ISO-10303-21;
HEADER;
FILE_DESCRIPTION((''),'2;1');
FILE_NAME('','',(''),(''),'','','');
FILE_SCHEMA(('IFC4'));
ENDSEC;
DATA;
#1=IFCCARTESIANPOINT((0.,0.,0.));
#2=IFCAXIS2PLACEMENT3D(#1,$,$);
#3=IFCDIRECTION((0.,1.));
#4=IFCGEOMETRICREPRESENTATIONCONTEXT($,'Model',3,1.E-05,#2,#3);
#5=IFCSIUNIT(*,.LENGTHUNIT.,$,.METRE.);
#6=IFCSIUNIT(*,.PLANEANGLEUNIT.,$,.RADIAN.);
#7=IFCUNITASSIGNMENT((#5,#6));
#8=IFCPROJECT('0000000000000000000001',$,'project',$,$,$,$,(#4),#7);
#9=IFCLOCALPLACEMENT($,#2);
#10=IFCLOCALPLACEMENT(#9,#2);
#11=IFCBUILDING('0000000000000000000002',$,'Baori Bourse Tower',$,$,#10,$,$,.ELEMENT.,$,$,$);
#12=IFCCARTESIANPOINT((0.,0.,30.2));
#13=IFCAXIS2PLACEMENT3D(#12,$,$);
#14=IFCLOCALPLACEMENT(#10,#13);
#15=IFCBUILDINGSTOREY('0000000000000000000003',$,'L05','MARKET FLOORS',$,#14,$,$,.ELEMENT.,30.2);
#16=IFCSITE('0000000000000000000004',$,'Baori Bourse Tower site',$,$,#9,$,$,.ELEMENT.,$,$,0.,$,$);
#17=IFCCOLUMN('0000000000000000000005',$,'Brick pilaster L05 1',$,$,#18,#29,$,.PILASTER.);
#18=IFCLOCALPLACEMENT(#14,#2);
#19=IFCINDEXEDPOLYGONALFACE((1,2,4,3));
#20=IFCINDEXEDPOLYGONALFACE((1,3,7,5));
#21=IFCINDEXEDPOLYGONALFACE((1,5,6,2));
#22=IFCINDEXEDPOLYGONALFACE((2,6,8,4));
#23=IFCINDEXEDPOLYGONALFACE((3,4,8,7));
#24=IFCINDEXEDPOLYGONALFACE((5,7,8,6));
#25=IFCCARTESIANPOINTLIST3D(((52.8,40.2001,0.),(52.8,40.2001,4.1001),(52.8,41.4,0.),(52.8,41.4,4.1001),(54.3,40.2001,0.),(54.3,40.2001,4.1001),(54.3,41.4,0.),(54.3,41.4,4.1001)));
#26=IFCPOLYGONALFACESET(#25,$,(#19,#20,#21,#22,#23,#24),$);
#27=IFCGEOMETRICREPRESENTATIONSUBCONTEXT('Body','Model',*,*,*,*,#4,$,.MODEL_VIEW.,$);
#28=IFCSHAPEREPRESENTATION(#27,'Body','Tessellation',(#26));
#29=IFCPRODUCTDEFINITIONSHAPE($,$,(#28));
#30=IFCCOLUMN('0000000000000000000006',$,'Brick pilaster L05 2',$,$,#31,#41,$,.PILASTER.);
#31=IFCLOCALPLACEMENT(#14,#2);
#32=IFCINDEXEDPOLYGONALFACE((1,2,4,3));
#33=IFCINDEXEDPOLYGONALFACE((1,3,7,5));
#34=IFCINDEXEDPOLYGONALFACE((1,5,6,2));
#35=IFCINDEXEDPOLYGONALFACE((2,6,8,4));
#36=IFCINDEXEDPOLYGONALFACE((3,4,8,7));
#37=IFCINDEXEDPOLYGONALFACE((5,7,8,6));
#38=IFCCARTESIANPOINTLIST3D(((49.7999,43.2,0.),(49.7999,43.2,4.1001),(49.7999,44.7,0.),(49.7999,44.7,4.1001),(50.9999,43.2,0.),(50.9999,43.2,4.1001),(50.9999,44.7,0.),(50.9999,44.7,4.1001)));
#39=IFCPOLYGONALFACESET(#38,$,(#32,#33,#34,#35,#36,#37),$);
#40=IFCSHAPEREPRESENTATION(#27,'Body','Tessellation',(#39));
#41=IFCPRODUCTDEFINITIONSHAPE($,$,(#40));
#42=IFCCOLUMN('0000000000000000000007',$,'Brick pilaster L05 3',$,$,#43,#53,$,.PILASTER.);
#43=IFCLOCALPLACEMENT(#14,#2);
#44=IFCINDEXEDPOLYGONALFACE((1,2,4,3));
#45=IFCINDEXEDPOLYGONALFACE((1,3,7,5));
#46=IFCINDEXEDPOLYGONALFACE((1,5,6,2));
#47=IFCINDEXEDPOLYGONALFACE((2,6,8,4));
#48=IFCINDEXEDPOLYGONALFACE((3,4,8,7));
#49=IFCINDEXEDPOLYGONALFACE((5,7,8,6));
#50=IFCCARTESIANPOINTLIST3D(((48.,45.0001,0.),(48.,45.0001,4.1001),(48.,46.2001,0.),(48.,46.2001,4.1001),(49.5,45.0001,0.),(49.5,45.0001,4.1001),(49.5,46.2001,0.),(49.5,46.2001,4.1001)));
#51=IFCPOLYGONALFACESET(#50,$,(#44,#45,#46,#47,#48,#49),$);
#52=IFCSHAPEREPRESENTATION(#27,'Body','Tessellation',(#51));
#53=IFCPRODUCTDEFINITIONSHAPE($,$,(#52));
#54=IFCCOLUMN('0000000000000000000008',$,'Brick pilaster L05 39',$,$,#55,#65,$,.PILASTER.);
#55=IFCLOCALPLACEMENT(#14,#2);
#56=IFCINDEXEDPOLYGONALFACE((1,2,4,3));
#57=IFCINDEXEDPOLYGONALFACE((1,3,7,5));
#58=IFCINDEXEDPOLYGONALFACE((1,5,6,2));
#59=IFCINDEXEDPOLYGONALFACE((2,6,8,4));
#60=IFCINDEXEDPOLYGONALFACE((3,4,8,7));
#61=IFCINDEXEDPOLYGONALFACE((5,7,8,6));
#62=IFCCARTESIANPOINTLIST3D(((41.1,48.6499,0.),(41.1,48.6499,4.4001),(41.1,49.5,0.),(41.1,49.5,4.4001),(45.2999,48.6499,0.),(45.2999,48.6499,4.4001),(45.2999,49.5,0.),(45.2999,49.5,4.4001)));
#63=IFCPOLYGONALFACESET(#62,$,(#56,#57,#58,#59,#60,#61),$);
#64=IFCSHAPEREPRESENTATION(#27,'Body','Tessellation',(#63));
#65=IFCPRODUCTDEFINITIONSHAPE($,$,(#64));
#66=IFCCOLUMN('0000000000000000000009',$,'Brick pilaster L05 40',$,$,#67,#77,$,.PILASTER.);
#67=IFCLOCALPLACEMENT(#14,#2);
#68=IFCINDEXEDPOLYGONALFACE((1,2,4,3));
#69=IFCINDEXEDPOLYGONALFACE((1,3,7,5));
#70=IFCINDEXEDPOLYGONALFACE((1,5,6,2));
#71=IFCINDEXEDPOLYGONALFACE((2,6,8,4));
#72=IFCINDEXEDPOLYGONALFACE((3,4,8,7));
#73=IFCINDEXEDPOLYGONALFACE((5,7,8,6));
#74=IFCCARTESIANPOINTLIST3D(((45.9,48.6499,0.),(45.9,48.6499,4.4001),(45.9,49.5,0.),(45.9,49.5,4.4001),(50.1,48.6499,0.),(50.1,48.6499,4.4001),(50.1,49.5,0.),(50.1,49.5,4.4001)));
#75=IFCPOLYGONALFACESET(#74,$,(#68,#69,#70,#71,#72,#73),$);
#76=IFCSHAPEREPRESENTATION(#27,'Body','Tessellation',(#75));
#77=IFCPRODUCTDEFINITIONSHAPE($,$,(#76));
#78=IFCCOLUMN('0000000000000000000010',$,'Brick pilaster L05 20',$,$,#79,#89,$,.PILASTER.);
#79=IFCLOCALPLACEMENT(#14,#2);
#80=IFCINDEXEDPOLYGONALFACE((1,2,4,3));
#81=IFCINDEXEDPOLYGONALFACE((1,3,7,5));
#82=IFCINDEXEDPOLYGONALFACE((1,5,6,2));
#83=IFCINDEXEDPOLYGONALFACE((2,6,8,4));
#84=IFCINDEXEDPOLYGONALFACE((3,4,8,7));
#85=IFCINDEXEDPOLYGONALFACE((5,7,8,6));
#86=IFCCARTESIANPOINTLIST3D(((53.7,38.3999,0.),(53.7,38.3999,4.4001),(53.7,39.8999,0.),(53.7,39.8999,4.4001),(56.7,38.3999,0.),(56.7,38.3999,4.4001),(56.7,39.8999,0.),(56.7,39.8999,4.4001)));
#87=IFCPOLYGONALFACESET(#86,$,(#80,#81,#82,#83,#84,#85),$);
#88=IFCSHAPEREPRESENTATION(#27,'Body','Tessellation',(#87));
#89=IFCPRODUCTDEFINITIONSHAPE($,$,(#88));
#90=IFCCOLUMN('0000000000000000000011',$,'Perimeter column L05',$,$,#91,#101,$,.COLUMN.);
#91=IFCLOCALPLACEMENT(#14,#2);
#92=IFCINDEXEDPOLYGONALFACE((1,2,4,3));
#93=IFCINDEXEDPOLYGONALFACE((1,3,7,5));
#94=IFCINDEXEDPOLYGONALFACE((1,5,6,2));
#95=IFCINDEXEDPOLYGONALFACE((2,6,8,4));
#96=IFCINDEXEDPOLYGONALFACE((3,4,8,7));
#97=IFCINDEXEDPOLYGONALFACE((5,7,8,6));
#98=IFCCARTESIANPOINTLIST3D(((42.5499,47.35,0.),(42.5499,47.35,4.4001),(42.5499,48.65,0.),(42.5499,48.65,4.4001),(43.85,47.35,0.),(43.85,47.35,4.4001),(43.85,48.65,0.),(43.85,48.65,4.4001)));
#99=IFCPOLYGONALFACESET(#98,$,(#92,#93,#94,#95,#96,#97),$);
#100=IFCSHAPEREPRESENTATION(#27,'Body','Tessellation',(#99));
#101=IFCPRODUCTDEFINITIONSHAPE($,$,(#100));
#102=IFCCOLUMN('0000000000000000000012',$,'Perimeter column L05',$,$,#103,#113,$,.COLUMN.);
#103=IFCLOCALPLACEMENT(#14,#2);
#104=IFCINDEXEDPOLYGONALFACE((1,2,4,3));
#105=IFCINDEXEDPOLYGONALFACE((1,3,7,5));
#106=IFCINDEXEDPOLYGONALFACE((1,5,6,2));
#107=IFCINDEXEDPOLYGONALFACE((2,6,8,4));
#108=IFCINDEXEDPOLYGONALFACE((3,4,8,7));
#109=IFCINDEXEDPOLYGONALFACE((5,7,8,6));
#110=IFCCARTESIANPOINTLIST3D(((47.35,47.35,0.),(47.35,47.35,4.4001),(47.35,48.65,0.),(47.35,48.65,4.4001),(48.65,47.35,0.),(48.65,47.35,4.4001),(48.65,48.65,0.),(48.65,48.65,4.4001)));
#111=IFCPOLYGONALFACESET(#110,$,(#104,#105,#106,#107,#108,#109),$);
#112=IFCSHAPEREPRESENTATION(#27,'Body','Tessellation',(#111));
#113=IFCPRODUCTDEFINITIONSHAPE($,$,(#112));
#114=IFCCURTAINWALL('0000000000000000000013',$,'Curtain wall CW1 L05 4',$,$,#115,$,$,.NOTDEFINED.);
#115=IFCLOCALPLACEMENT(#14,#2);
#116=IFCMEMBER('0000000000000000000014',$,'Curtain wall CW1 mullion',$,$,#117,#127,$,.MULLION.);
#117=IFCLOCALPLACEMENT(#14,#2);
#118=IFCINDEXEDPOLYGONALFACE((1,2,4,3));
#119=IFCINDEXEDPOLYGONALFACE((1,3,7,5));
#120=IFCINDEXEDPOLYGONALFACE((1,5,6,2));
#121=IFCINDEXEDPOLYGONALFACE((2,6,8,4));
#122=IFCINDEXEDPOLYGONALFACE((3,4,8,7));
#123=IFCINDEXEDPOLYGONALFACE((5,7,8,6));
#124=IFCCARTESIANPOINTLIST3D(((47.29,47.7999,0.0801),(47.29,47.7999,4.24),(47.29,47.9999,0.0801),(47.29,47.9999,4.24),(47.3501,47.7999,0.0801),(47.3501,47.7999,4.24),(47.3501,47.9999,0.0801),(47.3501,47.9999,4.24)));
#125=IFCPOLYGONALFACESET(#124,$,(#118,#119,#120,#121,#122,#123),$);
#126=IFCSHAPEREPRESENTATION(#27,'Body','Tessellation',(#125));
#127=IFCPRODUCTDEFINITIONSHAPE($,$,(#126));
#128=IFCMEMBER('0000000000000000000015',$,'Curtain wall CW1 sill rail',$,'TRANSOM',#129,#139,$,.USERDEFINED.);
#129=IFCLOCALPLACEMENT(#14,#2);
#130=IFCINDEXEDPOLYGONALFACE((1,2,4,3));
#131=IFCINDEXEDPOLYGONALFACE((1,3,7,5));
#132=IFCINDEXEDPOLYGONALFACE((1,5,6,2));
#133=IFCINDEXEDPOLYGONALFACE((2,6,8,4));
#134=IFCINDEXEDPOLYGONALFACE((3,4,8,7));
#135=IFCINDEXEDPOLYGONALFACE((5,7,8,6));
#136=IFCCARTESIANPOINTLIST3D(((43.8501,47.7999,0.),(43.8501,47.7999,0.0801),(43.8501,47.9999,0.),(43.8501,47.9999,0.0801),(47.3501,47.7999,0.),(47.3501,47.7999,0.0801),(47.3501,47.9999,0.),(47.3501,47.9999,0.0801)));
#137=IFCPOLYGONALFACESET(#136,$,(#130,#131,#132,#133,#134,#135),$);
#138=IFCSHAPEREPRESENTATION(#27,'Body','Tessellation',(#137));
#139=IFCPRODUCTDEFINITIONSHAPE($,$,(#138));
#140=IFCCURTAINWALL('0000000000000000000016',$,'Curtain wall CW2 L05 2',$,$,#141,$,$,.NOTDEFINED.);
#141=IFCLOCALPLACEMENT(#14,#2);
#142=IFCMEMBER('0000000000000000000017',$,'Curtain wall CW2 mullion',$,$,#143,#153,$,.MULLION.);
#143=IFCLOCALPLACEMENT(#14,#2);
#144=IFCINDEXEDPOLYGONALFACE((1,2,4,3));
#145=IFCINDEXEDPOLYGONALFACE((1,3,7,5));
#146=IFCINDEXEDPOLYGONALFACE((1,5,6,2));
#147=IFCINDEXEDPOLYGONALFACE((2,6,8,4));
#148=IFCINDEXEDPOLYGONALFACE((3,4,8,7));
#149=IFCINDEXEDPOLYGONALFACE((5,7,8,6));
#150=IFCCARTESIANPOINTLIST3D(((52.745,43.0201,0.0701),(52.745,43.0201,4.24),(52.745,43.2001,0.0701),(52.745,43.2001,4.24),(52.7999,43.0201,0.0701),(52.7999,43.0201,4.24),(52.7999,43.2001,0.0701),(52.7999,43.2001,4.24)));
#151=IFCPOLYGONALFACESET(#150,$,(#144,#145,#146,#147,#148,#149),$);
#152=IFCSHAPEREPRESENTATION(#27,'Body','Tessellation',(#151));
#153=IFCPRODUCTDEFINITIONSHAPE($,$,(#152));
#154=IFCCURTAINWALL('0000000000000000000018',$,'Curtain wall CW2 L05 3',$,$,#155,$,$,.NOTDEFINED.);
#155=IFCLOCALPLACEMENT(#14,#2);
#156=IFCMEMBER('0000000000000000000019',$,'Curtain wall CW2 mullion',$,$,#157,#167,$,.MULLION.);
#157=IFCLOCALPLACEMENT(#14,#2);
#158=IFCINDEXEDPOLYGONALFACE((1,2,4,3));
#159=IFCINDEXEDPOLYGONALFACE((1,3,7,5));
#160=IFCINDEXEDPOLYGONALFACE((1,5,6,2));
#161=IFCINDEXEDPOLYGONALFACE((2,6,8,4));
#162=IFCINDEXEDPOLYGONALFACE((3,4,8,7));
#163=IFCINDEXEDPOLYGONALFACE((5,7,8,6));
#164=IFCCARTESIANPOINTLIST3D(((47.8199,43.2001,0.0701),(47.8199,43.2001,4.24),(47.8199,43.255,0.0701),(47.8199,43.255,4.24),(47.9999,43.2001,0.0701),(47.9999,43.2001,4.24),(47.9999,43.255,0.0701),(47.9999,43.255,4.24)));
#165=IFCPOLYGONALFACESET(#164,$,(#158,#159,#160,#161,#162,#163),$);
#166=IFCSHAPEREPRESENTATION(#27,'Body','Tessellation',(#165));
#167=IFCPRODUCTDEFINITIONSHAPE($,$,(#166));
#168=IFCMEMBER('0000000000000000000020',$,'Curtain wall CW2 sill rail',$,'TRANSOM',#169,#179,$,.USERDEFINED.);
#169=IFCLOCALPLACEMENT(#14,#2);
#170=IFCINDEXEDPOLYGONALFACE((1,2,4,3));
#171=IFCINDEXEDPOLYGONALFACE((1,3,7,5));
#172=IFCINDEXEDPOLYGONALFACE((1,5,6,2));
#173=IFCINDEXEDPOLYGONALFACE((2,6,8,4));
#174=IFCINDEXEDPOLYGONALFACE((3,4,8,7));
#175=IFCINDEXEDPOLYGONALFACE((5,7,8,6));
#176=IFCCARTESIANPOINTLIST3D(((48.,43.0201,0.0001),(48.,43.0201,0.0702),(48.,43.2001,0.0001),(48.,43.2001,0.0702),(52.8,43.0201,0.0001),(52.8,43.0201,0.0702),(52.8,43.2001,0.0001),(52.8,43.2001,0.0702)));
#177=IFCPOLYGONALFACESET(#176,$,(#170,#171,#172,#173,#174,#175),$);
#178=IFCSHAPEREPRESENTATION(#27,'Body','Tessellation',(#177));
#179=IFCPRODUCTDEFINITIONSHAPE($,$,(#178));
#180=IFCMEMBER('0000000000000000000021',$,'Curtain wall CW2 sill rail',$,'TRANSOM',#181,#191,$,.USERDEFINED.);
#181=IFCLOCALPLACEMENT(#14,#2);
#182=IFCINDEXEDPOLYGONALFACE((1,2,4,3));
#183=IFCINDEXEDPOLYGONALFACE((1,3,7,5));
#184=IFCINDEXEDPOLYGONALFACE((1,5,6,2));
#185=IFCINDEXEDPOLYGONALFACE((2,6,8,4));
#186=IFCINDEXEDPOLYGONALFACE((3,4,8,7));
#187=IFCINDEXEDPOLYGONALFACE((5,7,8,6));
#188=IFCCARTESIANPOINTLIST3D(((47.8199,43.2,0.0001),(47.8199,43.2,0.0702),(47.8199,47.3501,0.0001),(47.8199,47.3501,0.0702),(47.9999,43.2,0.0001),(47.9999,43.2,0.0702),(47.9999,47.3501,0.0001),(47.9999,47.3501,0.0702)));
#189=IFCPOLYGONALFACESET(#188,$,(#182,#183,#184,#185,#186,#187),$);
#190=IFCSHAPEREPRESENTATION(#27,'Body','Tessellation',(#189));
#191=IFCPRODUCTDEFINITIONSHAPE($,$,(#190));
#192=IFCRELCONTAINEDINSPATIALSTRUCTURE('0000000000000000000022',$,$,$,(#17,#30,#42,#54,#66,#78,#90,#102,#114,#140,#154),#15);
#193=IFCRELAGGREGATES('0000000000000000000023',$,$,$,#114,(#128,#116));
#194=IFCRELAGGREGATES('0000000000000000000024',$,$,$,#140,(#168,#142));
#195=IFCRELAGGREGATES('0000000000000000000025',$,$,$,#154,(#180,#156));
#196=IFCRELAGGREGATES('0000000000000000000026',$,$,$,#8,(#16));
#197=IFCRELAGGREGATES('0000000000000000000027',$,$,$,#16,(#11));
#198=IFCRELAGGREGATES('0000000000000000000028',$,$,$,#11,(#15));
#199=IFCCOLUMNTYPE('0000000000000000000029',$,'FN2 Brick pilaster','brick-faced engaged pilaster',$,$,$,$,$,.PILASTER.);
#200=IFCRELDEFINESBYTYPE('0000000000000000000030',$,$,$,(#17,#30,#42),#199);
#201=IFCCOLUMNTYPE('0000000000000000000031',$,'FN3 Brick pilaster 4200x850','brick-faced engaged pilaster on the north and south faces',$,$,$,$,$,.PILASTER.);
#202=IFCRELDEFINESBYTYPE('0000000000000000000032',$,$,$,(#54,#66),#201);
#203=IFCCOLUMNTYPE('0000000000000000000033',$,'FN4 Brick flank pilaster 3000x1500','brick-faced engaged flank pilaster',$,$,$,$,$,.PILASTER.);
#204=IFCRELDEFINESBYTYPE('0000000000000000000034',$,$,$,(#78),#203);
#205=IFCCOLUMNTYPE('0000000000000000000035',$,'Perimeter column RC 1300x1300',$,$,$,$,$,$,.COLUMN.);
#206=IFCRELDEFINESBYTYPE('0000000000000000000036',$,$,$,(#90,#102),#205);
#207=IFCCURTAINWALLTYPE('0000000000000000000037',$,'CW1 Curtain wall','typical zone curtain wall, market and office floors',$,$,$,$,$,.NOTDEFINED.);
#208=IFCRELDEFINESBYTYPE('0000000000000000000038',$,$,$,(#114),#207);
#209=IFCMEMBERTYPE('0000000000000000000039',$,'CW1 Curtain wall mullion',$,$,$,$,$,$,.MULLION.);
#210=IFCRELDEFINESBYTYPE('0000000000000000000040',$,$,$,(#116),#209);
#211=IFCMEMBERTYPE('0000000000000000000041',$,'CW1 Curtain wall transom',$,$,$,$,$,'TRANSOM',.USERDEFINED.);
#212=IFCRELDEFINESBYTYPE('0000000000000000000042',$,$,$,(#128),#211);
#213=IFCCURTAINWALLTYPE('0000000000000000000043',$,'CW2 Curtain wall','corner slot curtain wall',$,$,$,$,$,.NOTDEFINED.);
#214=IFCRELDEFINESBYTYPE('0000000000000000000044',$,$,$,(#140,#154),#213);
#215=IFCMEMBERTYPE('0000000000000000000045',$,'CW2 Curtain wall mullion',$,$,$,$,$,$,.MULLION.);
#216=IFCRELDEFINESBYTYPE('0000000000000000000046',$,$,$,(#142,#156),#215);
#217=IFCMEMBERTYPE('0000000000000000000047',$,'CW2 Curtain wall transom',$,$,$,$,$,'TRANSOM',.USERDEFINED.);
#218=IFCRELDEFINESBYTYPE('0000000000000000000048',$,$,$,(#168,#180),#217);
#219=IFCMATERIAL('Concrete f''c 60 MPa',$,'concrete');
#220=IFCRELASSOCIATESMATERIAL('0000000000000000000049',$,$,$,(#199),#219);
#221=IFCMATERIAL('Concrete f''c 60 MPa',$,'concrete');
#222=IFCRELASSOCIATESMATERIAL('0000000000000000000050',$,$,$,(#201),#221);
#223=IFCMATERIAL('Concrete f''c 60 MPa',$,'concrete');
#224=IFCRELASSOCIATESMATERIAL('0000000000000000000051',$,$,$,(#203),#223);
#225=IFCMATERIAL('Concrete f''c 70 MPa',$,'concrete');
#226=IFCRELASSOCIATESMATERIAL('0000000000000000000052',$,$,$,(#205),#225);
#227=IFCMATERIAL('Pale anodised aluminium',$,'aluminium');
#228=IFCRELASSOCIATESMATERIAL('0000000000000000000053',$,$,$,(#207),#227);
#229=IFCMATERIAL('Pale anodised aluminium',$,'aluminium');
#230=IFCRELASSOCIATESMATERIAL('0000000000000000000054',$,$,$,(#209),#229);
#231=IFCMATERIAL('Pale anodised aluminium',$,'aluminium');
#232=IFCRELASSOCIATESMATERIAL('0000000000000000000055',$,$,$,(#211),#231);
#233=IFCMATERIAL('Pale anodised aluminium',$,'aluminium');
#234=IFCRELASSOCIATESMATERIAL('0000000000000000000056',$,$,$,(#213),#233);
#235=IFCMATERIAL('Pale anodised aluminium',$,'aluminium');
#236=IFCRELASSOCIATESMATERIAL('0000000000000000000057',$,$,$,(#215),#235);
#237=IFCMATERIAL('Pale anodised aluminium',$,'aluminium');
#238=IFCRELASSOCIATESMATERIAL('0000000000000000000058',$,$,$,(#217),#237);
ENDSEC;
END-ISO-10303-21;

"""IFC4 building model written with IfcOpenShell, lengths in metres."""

from ifc_helpers import new_model, si_unit, direction, frame, origin, origin_2d, place, context, subcontext, project, spatial, rectangle, extrude, material, material_profile, profile_set, type_object, element, aggregate, save


model = new_model("IFC4")

# Units and contexts
model_context = context("Model", 3, precision=1e-05, world=origin(), true_north=direction((0.0, 1.0)))
body_context = subcontext(model_context, "Body", "Model", "MODEL_VIEW")
ifc_project = project(units=[si_unit("LENGTHUNIT", "METRE"), si_unit("PLANEANGLEUNIT", "RADIAN")], contexts=[model_context])

# Site, building, storey
site_placement = place(None, origin())
site = spatial("IfcSite", under=ifc_project, at=site_placement, Name="Baori Bourse Tower site", CompositionType="ELEMENT", RefElevation=0.0)
building_placement = place(site_placement, origin())
building = spatial("IfcBuilding", under=site, at=building_placement, Name="Baori Bourse Tower", CompositionType="ELEMENT")
storey_placement = place(building_placement, frame((0.0, 0.0, 30.2)))
storey = spatial("IfcBuildingStorey", under=building, at=storey_placement, Name="L05", Description="MARKET FLOORS", CompositionType="ELEMENT", Elevation=30.2)

# Columns
ifc_material_1 = material(Name="Concrete f'c 60 MPa", Category="concrete")
ifc_material_profile_1 = material_profile(ifc_material_1, rectangle(XDim=1.2, YDim=1.5, at=origin_2d()), Name="RC 1200x1500")
ifc_profile_set_1 = profile_set([ifc_material_profile_1], Name="Concrete f'c 60 MPa")
column_type_1 = type_object("IfcColumnType", Name="FN2 Brick pilaster", Description="brick-faced engaged pilaster", PredefinedType="PILASTER", material=ifc_profile_set_1)
for number, where, z_axis, x_axis, name in (
    (1, (53.55, 40.8, 0.0), (0.0, 0.0, 1.0), (0.0, 1.0, 0.0), "Brick pilaster L05 1"),
    (2, (50.3999, 43.95, 0.0), (0.0, 0.0, 1.0), (1.0, 0.0, 0.0), "Brick pilaster L05 2"),
    (3, (48.75, 45.6001, 0.0), (0.0, 0.0, 1.0), (0.0, 1.0, 0.0), "Brick pilaster L05 3"),
):
    element("IfcColumn", number, at=place(storey_placement, frame(where, z_axis=z_axis, x_axis=x_axis)), inside=storey, type_object=column_type_1, Name=name, PredefinedType="PILASTER", context=body_context, shape_type="SweptSolid", body=[
        extrude(rectangle(XDim=1.2, YDim=1.5, at=origin_2d()), origin(), (0.0, 0.0, 1.0), 4.1001),
    ])
ifc_material_2 = material(Name="Concrete f'c 60 MPa", Category="concrete")
ifc_material_profile_2 = material_profile(ifc_material_2, rectangle(XDim=4.2, YDim=0.8501, at=origin_2d()), Name="RC 4200x850")
ifc_profile_set_2 = profile_set([ifc_material_profile_2], Name="Concrete f'c 60 MPa")
column_type_2 = type_object("IfcColumnType", Name="FN3 Brick pilaster 4200x850", Description="brick-faced engaged pilaster on the north and south faces", PredefinedType="PILASTER", material=ifc_profile_set_2)
for number, where, z_axis, x_axis, name in (
    (4, (43.2, 49.075, 0.0), (0.0, 0.0, 1.0), (1.0, 0.0, 0.0), "Brick pilaster L05 39"),
    (5, (48.0, 49.075, 0.0), (0.0, 0.0, 1.0), (1.0, 0.0, 0.0), "Brick pilaster L05 40"),
):
    element("IfcColumn", number, at=place(storey_placement, frame(where, z_axis=z_axis, x_axis=x_axis)), inside=storey, type_object=column_type_2, Name=name, PredefinedType="PILASTER", context=body_context, shape_type="SweptSolid", body=[
        extrude(rectangle(XDim=4.2, YDim=0.8501, at=origin_2d()), origin(), (0.0, 0.0, 1.0), 4.4001),
    ])
ifc_material_3 = material(Name="Concrete f'c 60 MPa", Category="concrete")
ifc_material_profile_3 = material_profile(ifc_material_3, rectangle(XDim=3.0, YDim=1.5, at=origin_2d()), Name="RC 3000x1500")
ifc_profile_set_3 = profile_set([ifc_material_profile_3], Name="Concrete f'c 60 MPa")
column_type_3 = type_object("IfcColumnType", Name="FN4 Brick flank pilaster 3000x1500", Description="brick-faced engaged flank pilaster", PredefinedType="PILASTER", material=ifc_profile_set_3)
column_placement = place(storey_placement, frame((55.2, 39.1499, 0.0), z_axis=(0.0, 0.0, 1.0), x_axis=(1.0, 0.0, 0.0)))
element("IfcColumn", 6, at=column_placement, inside=storey, type_object=column_type_3, Name="Brick pilaster L05 20", PredefinedType="PILASTER", context=body_context, shape_type="SweptSolid", body=[
    extrude(rectangle(XDim=3.0, YDim=1.5, at=origin_2d()), origin(), (0.0, 0.0, 1.0), 4.4001),
])
ifc_material_4 = material(Name="Concrete f'c 70 MPa", Category="concrete")
ifc_material_profile_4 = material_profile(ifc_material_4, rectangle(XDim=1.3, YDim=1.3, at=origin_2d()), Name="RC 1300x1300")
ifc_profile_set_4 = profile_set([ifc_material_profile_4], Name="Concrete f'c 70 MPa")
column_type_4 = type_object("IfcColumnType", Name="Perimeter column RC 1300x1300", PredefinedType="COLUMN", material=ifc_profile_set_4)
for number, where, z_axis, x_axis, name in (
    (7, (43.2, 48.0, 0.0), (0.0, 0.0, 1.0), (1.0, 0.0, 0.0), "Perimeter column L05"),
    (8, (48.0, 48.0, 0.0), (0.0, 0.0, 1.0), (1.0, 0.0, 0.0), "Perimeter column L05"),
):
    element("IfcColumn", number, at=place(storey_placement, frame(where, z_axis=z_axis, x_axis=x_axis)), inside=storey, type_object=column_type_4, Name=name, PredefinedType="COLUMN", context=body_context, shape_type="SweptSolid", body=[
        extrude(rectangle(XDim=1.3, YDim=1.3, at=origin_2d()), origin(), (0.0, 0.0, 1.0), 4.4001),
    ])

# Curtain wall, members
ifc_material_5 = material(Name="Pale anodised aluminium", Category="aluminium")
curtain_wall_type_1 = type_object("IfcCurtainWallType", Name="CW1 Curtain wall", Description="typical zone curtain wall, market and office floors", PredefinedType="NOTDEFINED", material=ifc_material_5)
curtain_wall_1_placement = place(storey_placement, origin())
curtain_wall_1 = element("IfcCurtainWall", 9, at=curtain_wall_1_placement, inside=storey, type_object=curtain_wall_type_1, Name="Curtain wall CW1 L05 4", PredefinedType="NOTDEFINED")
ifc_material_6 = material(Name="Pale anodised aluminium", Category="aluminium")
ifc_material_profile_5 = material_profile(ifc_material_6, rectangle(XDim=0.2, YDim=0.0601, at=origin_2d()), Name="Mullion 60x200")
ifc_profile_set_5 = profile_set([ifc_material_profile_5], Name="Pale anodised aluminium")
member_type_1 = type_object("IfcMemberType", Name="CW1 Curtain wall mullion", PredefinedType="MULLION", material=ifc_profile_set_5)
member_1_placement = place(storey_placement, frame((47.3201, 47.8999, 0.0801), z_axis=(0.0, 0.0, 1.0), x_axis=(0.0, -1.0, 0.0)))
member_1 = element("IfcMember", 10, at=member_1_placement, type_object=member_type_1, Name="Curtain wall CW1 mullion", PredefinedType="MULLION", context=body_context, shape_type="SweptSolid", body=[
    extrude(rectangle(XDim=0.2, YDim=0.0601, at=origin_2d()), origin(), (0.0, 0.0, 1.0), 4.1599),
])
ifc_material_7 = material(Name="Pale anodised aluminium", Category="aluminium")
ifc_material_profile_6 = material_profile(ifc_material_7, rectangle(XDim=0.2, YDim=0.0801, at=origin_2d()), Name="Transom 80x200")
ifc_profile_set_6 = profile_set([ifc_material_profile_6], Name="Pale anodised aluminium")
member_type_2 = type_object("IfcMemberType", Name="CW1 Curtain wall transom", ElementType="TRANSOM", PredefinedType="USERDEFINED", material=ifc_profile_set_6)
member_2_placement = place(storey_placement, frame((47.3501, 47.8999, 0.04), z_axis=(-1.0, 0.0, 0.0), x_axis=(0.0, -1.0, 0.0)))
member_2 = element("IfcMember", 11, at=member_2_placement, type_object=member_type_2, Name="Curtain wall CW1 sill rail", ObjectType="TRANSOM", PredefinedType="USERDEFINED", context=body_context, shape_type="SweptSolid", body=[
    extrude(rectangle(XDim=0.2, YDim=0.0801, at=origin_2d()), origin(), (0.0, 0.0, 1.0), 3.5),
])

# Curtain walls, members
ifc_material_8 = material(Name="Pale anodised aluminium", Category="aluminium")
curtain_wall_type_2 = type_object("IfcCurtainWallType", Name="CW2 Curtain wall", Description="corner slot curtain wall", PredefinedType="NOTDEFINED", material=ifc_material_8)
curtain_wall_2_placement = place(storey_placement, origin())
curtain_wall_2 = element("IfcCurtainWall", 12, at=curtain_wall_2_placement, inside=storey, type_object=curtain_wall_type_2, Name="Curtain wall CW2 L05 2", PredefinedType="NOTDEFINED")
ifc_material_9 = material(Name="Pale anodised aluminium", Category="aluminium")
ifc_material_profile_7 = material_profile(ifc_material_9, rectangle(XDim=0.1799, YDim=0.0549, at=origin_2d()), Name="Mullion 55x180")
ifc_profile_set_7 = profile_set([ifc_material_profile_7], Name="Pale anodised aluminium")
member_type_3 = type_object("IfcMemberType", Name="CW2 Curtain wall mullion", PredefinedType="MULLION", material=ifc_profile_set_7)
member_3_placement = place(storey_placement, frame((52.7725, 43.1101, 0.0701), z_axis=(0.0, 0.0, 1.0), x_axis=(0.0, -1.0, 0.0)))
member_3 = element("IfcMember", 13, at=member_3_placement, type_object=member_type_3, Name="Curtain wall CW2 mullion", PredefinedType="MULLION", context=body_context, shape_type="SweptSolid", body=[
    extrude(rectangle(XDim=0.1799, YDim=0.0549, at=origin_2d()), origin(), (0.0, 0.0, 1.0), 4.1699),
])
curtain_wall_3_placement = place(storey_placement, origin())
curtain_wall_3 = element("IfcCurtainWall", 14, at=curtain_wall_3_placement, inside=storey, type_object=curtain_wall_type_2, Name="Curtain wall CW2 L05 3", PredefinedType="NOTDEFINED")
member_4_placement = place(storey_placement, frame((47.9099, 43.2275, 0.0701), z_axis=(0.0, 0.0, 1.0), x_axis=(-1.0, 0.0, 0.0)))
member_4 = element("IfcMember", 15, at=member_4_placement, type_object=member_type_3, Name="Curtain wall CW2 mullion", PredefinedType="MULLION", context=body_context, shape_type="SweptSolid", body=[
    extrude(rectangle(XDim=0.1799, YDim=0.0549, at=origin_2d()), origin(), (0.0, 0.0, 1.0), 4.1699),
])

# Members
ifc_material_10 = material(Name="Pale anodised aluminium", Category="aluminium")
ifc_material_profile_8 = material_profile(ifc_material_10, rectangle(XDim=0.1799, YDim=0.0701, at=origin_2d()), Name="Transom 70x180")
ifc_profile_set_8 = profile_set([ifc_material_profile_8], Name="Pale anodised aluminium")
member_type_4 = type_object("IfcMemberType", Name="CW2 Curtain wall transom", ElementType="TRANSOM", PredefinedType="USERDEFINED", material=ifc_profile_set_8)
member_5_placement = place(storey_placement, frame((52.8, 43.1101, 0.0352), z_axis=(-1.0, 0.0, 0.0), x_axis=(0.0, -1.0, 0.0)))
member_5 = element("IfcMember", 16, at=member_5_placement, type_object=member_type_4, Name="Curtain wall CW2 sill rail", ObjectType="TRANSOM", PredefinedType="USERDEFINED", context=body_context, shape_type="SweptSolid", body=[
    extrude(rectangle(XDim=0.1799, YDim=0.0701, at=origin_2d()), origin(), (0.0, 0.0, 1.0), 4.8),
])
member_6_placement = place(storey_placement, frame((47.9099, 43.2, 0.0352), z_axis=(0.0, 1.0, 0.0), x_axis=(-1.0, 0.0, 0.0)))
member_6 = element("IfcMember", 17, at=member_6_placement, type_object=member_type_4, Name="Curtain wall CW2 sill rail", ObjectType="TRANSOM", PredefinedType="USERDEFINED", context=body_context, shape_type="SweptSolid", body=[
    extrude(rectangle(XDim=0.1799, YDim=0.0701, at=origin_2d()), origin(), (0.0, 0.0, 1.0), 4.1501),
])

aggregate(curtain_wall_1, [member_2, member_1])

aggregate(curtain_wall_2, [member_5, member_3])
aggregate(curtain_wall_3, [member_6, member_4])

save(model, "model.ifc")
